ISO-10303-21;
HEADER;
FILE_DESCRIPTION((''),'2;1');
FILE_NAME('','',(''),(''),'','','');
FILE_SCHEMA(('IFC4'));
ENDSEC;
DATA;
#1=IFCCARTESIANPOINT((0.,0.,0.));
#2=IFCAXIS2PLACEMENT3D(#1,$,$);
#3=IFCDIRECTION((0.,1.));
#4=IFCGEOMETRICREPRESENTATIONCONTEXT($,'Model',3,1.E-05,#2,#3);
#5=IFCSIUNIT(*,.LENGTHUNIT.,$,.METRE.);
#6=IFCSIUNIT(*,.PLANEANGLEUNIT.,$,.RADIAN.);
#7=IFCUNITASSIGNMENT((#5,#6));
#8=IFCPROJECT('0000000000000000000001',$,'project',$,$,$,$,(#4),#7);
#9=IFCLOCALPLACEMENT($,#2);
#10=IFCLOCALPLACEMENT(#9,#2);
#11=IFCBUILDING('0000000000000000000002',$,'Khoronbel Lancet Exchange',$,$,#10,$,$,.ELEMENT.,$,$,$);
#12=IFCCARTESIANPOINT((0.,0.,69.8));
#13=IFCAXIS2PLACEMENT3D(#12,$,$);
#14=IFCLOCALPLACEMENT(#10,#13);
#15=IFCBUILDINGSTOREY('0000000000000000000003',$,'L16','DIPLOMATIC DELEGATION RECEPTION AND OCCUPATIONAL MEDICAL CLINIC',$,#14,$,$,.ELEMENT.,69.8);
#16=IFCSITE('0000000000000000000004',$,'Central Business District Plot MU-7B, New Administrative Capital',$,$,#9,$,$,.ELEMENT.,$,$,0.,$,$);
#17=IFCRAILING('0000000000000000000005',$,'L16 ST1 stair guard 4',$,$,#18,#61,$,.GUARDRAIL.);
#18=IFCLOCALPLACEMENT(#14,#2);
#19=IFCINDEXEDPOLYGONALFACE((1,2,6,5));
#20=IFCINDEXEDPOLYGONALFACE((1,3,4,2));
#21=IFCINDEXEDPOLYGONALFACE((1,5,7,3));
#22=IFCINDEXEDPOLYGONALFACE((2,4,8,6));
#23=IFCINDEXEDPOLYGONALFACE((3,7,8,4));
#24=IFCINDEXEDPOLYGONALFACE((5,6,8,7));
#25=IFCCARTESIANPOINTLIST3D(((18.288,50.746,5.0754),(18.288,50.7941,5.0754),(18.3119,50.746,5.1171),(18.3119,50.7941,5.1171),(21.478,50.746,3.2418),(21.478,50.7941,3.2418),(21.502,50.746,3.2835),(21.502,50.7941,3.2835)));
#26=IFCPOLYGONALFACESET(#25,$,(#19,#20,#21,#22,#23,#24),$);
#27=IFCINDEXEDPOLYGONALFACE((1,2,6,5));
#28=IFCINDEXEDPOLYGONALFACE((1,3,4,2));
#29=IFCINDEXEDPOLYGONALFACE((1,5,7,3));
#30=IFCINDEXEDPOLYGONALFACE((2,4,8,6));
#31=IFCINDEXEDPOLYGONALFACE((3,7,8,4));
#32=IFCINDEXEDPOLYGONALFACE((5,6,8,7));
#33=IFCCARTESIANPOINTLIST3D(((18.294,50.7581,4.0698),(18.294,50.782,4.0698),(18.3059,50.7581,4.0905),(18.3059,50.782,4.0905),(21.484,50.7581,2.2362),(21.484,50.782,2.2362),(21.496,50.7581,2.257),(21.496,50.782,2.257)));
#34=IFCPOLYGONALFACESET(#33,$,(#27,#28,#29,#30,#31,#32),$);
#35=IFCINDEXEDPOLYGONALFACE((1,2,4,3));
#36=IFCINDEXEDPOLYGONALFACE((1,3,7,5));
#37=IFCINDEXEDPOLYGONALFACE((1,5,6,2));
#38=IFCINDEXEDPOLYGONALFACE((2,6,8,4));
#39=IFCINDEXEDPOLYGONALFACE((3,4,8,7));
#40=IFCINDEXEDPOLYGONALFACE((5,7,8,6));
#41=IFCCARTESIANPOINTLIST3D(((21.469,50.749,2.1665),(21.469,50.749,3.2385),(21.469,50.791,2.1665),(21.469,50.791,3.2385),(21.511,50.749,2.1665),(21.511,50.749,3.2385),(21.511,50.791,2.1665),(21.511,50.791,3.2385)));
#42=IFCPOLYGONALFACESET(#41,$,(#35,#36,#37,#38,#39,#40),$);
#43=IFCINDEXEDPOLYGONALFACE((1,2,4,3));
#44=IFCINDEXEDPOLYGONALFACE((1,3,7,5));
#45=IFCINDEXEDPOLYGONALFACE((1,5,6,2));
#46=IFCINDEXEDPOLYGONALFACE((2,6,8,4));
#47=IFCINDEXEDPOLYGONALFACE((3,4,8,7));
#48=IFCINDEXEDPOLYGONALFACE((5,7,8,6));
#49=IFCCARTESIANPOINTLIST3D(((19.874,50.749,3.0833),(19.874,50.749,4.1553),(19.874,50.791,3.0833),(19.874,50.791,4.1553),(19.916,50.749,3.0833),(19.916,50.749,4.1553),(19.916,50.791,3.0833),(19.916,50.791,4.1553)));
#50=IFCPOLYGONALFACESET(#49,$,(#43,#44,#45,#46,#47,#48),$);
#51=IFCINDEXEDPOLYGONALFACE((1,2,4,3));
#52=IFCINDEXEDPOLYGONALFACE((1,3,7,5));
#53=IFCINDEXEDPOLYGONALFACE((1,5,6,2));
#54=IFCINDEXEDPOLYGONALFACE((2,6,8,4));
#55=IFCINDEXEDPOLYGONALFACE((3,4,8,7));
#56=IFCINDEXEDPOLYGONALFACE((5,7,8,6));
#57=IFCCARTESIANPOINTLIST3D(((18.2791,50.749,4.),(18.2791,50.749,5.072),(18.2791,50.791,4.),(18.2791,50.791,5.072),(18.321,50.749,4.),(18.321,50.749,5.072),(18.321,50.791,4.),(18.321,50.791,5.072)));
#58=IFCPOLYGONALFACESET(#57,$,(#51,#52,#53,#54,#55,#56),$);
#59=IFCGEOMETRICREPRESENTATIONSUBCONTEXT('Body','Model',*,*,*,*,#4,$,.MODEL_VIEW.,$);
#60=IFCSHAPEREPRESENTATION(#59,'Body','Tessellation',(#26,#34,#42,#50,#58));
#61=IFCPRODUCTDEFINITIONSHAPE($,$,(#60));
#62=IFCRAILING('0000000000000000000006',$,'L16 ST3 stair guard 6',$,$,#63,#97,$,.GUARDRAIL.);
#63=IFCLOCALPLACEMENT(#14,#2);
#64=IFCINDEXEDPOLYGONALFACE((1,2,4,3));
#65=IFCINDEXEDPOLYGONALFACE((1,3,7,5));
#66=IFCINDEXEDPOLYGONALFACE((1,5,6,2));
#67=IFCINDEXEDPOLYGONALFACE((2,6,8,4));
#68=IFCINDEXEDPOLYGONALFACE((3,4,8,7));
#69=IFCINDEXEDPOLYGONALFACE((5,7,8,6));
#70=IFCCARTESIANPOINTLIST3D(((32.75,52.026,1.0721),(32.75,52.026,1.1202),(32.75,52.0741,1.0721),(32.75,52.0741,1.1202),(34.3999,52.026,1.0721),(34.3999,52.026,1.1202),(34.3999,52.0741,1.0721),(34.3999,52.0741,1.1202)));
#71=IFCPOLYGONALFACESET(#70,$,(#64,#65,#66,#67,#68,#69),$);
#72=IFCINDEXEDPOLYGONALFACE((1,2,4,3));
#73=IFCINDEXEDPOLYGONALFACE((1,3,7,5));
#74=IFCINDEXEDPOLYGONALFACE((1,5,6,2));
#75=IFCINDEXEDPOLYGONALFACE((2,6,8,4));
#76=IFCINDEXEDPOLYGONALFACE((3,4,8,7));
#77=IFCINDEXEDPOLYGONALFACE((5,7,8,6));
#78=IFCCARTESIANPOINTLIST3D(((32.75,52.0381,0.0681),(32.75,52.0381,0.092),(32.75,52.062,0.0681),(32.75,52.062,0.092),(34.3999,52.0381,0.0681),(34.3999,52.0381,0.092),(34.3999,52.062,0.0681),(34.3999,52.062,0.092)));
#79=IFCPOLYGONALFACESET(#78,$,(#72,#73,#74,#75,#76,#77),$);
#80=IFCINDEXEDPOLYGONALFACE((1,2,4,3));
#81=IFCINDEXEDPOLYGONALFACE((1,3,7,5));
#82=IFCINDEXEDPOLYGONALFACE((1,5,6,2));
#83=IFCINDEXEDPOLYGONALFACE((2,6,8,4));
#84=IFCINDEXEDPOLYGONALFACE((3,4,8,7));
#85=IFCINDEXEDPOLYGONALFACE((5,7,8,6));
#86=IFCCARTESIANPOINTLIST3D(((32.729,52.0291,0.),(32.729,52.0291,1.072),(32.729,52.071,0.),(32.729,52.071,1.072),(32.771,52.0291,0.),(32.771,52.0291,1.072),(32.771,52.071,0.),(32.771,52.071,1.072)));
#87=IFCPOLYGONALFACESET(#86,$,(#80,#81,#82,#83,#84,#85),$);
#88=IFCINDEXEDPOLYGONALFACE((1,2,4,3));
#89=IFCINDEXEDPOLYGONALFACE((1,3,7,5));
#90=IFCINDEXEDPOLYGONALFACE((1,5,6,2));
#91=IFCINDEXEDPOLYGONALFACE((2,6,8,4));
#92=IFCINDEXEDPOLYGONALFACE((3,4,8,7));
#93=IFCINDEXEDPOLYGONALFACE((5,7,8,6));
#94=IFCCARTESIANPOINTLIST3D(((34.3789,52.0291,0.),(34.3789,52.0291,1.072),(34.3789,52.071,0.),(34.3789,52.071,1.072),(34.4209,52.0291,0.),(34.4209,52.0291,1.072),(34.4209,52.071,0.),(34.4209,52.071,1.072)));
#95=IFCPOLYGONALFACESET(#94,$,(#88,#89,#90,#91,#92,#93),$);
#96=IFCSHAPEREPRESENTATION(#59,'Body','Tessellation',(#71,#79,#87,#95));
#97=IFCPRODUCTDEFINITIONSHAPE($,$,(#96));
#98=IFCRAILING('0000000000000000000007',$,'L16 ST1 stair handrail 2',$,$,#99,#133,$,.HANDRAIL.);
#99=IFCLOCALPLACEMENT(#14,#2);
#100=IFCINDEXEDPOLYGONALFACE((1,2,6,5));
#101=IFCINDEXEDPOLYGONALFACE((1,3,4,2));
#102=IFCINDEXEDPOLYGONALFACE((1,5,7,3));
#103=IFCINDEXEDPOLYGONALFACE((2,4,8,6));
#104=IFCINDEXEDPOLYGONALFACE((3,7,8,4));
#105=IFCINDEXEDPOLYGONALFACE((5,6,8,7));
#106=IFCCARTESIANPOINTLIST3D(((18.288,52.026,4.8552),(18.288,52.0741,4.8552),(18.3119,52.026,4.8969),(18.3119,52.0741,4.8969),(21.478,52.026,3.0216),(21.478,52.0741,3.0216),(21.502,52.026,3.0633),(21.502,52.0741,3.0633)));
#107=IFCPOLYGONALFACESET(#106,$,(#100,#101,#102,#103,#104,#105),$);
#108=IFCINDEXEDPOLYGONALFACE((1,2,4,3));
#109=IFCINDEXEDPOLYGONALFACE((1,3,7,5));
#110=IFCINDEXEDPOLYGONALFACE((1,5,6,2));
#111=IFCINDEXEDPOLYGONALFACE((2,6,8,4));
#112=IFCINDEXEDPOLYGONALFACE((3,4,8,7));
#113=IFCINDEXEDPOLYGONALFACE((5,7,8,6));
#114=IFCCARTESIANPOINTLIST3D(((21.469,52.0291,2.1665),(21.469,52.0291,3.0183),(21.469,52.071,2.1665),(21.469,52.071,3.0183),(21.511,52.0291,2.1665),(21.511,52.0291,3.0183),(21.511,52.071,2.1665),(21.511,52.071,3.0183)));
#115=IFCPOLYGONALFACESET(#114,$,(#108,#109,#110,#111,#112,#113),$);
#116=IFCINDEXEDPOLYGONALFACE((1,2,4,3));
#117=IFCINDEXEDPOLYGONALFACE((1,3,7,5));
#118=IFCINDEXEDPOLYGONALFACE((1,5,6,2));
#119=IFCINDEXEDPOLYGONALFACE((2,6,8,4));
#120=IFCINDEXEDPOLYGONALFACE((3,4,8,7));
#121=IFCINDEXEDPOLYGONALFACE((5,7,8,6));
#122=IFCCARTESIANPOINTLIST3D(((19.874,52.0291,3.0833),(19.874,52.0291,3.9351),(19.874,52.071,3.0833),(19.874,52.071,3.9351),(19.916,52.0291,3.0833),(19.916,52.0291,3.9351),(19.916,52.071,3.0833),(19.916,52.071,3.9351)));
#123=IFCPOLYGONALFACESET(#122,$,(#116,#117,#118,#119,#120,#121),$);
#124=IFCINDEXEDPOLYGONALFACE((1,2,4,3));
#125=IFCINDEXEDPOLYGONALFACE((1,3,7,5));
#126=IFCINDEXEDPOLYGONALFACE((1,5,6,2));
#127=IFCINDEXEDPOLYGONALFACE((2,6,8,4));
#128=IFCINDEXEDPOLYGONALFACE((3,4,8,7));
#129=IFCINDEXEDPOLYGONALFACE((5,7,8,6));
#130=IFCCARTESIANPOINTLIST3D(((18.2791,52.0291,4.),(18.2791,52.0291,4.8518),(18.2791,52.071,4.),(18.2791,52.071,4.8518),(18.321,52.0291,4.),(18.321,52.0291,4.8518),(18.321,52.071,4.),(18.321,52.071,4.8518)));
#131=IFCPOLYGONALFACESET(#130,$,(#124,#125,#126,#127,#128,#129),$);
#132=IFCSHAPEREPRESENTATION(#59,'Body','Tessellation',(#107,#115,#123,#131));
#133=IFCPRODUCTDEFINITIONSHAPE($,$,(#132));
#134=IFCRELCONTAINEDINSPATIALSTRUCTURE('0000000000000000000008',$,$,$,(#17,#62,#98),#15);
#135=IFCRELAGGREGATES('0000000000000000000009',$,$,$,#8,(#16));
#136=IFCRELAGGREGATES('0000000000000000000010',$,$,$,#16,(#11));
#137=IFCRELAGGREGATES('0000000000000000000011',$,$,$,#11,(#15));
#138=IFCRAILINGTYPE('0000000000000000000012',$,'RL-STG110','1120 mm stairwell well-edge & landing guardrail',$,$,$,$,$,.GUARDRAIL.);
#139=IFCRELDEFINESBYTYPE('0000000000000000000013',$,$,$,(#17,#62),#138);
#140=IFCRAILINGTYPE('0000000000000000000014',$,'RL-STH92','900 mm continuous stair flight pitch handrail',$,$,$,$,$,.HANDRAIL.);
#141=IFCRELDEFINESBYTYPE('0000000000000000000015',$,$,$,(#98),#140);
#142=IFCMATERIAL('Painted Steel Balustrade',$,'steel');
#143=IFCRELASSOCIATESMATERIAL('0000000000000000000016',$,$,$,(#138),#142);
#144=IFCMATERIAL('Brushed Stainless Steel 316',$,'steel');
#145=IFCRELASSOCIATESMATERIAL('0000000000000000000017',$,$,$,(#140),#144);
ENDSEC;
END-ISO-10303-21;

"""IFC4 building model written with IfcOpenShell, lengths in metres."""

from ifc_helpers import new_model, si_unit, direction, frame, origin, origin_2d, place, context, subcontext, project, spatial, rectangle, extrude, material, type_object, element, save


model = new_model("IFC4")

# Units and contexts
model_context = context("Model", 3, precision=1e-05, world=origin(), true_north=direction((0.0, 1.0)))
body_context = subcontext(model_context, "Body", "Model", "MODEL_VIEW")
ifc_project = project(units=[si_unit("LENGTHUNIT", "METRE"), si_unit("PLANEANGLEUNIT", "RADIAN")], contexts=[model_context])

# Site, building, storey
site_placement = place(None, origin())
site = spatial("IfcSite", under=ifc_project, at=site_placement, Name="Central Business District Plot MU-7B, New Administrative Capital", CompositionType="ELEMENT", RefElevation=0.0)
building_placement = place(site_placement, origin())
building = spatial("IfcBuilding", under=site, at=building_placement, Name="Khoronbel Lancet Exchange", CompositionType="ELEMENT")
storey_placement = place(building_placement, frame((0.0, 0.0, 69.8)))
storey = spatial("IfcBuildingStorey", under=building, at=storey_placement, Name="L16", Description="DIPLOMATIC DELEGATION RECEPTION AND OCCUPATIONAL MEDICAL CLINIC", CompositionType="ELEMENT", Elevation=69.8)

# Railings
ifc_material_1 = material(Name="Painted Steel Balustrade", Category="steel")
railing_type_1 = type_object("IfcRailingType", Name="RL-STG110", Description="1120 mm stairwell well-edge & landing guardrail", PredefinedType="GUARDRAIL", material=ifc_material_1)
railing_1_placement = place(storey_placement, frame((21.49, 50.77, 2.1665)))
element("IfcRailing", 1, at=railing_1_placement, inside=storey, type_object=railing_type_1, Name="L16 ST1 stair guard 4", PredefinedType="GUARDRAIL", context=body_context, shape_type="SweptSolid", body=[
    extrude(rectangle(XDim=0.0481, YDim=0.0481, at=origin_2d()), frame((0.0, 0.0, 1.0962), z_axis=(-0.866991, 0.0, 0.498324), x_axis=(0.0, -1.0, 0.0)), (0.0, 0.0, 1.0), 3.6794),
    extrude(rectangle(XDim=0.0239, YDim=0.0239, at=origin_2d()), frame((0.0, 0.0, 0.0801), z_axis=(-0.866991, 0.0, 0.498324), x_axis=(0.0, -1.0, 0.0)), (0.0, 0.0, 1.0), 3.6794),
    extrude(rectangle(XDim=0.042, YDim=0.042, at=origin_2d()), origin(), (0.0, 0.0, 1.0), 1.072),
    extrude(rectangle(XDim=0.042, YDim=0.042, at=origin_2d()), frame((-1.595, 0.0, 0.9167)), (0.0, 0.0, 1.0), 1.072),
    extrude(rectangle(XDim=0.042, YDim=0.042, at=origin_2d()), frame((-3.1899, 0.0, 1.8335)), (0.0, 0.0, 1.0), 1.072),
])
railing_2_placement = place(storey_placement, frame((32.75, 52.05, 0.0)))
element("IfcRailing", 2, at=railing_2_placement, inside=storey, type_object=railing_type_1, Name="L16 ST3 stair guard 6", PredefinedType="GUARDRAIL", context=body_context, shape_type="SweptSolid", body=[
    extrude(rectangle(XDim=0.0481, YDim=0.0481, at=origin_2d()), frame((0.0, 0.0, 1.0962), z_axis=(1.0, 0.0, 0.0), x_axis=(0.0, 1.0, 0.0)), (0.0, 0.0, 1.0), 1.6499),
    extrude(rectangle(XDim=0.0239, YDim=0.0239, at=origin_2d()), frame((0.0, 0.0, 0.0801), z_axis=(1.0, 0.0, 0.0), x_axis=(0.0, 1.0, 0.0)), (0.0, 0.0, 1.0), 1.6499),
    extrude(rectangle(XDim=0.042, YDim=0.042, at=origin_2d()), origin(), (0.0, 0.0, 1.0), 1.072),
    extrude(rectangle(XDim=0.042, YDim=0.042, at=origin_2d()), frame((1.6499, 0.0, 0.0)), (0.0, 0.0, 1.0), 1.072),
])
ifc_material_2 = material(Name="Brushed Stainless Steel 316", Category="steel")
railing_type_2 = type_object("IfcRailingType", Name="RL-STH92", Description="900 mm continuous stair flight pitch handrail", PredefinedType="HANDRAIL", material=ifc_material_2)
railing_3_placement = place(storey_placement, frame((21.49, 52.05, 2.1665)))
element("IfcRailing", 3, at=railing_3_placement, inside=storey, type_object=railing_type_2, Name="L16 ST1 stair handrail 2", PredefinedType="HANDRAIL", context=body_context, shape_type="SweptSolid", body=[
    extrude(rectangle(XDim=0.0481, YDim=0.0481, at=origin_2d()), frame((0.0, 0.0, 0.876), z_axis=(-0.866991, 0.0, 0.498324), x_axis=(0.0, -1.0, 0.0)), (0.0, 0.0, 1.0), 3.6794),
    extrude(rectangle(XDim=0.042, YDim=0.042, at=origin_2d()), origin(), (0.0, 0.0, 1.0), 0.8518),
    extrude(rectangle(XDim=0.042, YDim=0.042, at=origin_2d()), frame((-1.595, 0.0, 0.9167)), (0.0, 0.0, 1.0), 0.8518),
    extrude(rectangle(XDim=0.042, YDim=0.042, at=origin_2d()), frame((-3.1899, 0.0, 1.8335)), (0.0, 0.0, 1.0), 0.8518),
])

save(model, "model.ifc")
